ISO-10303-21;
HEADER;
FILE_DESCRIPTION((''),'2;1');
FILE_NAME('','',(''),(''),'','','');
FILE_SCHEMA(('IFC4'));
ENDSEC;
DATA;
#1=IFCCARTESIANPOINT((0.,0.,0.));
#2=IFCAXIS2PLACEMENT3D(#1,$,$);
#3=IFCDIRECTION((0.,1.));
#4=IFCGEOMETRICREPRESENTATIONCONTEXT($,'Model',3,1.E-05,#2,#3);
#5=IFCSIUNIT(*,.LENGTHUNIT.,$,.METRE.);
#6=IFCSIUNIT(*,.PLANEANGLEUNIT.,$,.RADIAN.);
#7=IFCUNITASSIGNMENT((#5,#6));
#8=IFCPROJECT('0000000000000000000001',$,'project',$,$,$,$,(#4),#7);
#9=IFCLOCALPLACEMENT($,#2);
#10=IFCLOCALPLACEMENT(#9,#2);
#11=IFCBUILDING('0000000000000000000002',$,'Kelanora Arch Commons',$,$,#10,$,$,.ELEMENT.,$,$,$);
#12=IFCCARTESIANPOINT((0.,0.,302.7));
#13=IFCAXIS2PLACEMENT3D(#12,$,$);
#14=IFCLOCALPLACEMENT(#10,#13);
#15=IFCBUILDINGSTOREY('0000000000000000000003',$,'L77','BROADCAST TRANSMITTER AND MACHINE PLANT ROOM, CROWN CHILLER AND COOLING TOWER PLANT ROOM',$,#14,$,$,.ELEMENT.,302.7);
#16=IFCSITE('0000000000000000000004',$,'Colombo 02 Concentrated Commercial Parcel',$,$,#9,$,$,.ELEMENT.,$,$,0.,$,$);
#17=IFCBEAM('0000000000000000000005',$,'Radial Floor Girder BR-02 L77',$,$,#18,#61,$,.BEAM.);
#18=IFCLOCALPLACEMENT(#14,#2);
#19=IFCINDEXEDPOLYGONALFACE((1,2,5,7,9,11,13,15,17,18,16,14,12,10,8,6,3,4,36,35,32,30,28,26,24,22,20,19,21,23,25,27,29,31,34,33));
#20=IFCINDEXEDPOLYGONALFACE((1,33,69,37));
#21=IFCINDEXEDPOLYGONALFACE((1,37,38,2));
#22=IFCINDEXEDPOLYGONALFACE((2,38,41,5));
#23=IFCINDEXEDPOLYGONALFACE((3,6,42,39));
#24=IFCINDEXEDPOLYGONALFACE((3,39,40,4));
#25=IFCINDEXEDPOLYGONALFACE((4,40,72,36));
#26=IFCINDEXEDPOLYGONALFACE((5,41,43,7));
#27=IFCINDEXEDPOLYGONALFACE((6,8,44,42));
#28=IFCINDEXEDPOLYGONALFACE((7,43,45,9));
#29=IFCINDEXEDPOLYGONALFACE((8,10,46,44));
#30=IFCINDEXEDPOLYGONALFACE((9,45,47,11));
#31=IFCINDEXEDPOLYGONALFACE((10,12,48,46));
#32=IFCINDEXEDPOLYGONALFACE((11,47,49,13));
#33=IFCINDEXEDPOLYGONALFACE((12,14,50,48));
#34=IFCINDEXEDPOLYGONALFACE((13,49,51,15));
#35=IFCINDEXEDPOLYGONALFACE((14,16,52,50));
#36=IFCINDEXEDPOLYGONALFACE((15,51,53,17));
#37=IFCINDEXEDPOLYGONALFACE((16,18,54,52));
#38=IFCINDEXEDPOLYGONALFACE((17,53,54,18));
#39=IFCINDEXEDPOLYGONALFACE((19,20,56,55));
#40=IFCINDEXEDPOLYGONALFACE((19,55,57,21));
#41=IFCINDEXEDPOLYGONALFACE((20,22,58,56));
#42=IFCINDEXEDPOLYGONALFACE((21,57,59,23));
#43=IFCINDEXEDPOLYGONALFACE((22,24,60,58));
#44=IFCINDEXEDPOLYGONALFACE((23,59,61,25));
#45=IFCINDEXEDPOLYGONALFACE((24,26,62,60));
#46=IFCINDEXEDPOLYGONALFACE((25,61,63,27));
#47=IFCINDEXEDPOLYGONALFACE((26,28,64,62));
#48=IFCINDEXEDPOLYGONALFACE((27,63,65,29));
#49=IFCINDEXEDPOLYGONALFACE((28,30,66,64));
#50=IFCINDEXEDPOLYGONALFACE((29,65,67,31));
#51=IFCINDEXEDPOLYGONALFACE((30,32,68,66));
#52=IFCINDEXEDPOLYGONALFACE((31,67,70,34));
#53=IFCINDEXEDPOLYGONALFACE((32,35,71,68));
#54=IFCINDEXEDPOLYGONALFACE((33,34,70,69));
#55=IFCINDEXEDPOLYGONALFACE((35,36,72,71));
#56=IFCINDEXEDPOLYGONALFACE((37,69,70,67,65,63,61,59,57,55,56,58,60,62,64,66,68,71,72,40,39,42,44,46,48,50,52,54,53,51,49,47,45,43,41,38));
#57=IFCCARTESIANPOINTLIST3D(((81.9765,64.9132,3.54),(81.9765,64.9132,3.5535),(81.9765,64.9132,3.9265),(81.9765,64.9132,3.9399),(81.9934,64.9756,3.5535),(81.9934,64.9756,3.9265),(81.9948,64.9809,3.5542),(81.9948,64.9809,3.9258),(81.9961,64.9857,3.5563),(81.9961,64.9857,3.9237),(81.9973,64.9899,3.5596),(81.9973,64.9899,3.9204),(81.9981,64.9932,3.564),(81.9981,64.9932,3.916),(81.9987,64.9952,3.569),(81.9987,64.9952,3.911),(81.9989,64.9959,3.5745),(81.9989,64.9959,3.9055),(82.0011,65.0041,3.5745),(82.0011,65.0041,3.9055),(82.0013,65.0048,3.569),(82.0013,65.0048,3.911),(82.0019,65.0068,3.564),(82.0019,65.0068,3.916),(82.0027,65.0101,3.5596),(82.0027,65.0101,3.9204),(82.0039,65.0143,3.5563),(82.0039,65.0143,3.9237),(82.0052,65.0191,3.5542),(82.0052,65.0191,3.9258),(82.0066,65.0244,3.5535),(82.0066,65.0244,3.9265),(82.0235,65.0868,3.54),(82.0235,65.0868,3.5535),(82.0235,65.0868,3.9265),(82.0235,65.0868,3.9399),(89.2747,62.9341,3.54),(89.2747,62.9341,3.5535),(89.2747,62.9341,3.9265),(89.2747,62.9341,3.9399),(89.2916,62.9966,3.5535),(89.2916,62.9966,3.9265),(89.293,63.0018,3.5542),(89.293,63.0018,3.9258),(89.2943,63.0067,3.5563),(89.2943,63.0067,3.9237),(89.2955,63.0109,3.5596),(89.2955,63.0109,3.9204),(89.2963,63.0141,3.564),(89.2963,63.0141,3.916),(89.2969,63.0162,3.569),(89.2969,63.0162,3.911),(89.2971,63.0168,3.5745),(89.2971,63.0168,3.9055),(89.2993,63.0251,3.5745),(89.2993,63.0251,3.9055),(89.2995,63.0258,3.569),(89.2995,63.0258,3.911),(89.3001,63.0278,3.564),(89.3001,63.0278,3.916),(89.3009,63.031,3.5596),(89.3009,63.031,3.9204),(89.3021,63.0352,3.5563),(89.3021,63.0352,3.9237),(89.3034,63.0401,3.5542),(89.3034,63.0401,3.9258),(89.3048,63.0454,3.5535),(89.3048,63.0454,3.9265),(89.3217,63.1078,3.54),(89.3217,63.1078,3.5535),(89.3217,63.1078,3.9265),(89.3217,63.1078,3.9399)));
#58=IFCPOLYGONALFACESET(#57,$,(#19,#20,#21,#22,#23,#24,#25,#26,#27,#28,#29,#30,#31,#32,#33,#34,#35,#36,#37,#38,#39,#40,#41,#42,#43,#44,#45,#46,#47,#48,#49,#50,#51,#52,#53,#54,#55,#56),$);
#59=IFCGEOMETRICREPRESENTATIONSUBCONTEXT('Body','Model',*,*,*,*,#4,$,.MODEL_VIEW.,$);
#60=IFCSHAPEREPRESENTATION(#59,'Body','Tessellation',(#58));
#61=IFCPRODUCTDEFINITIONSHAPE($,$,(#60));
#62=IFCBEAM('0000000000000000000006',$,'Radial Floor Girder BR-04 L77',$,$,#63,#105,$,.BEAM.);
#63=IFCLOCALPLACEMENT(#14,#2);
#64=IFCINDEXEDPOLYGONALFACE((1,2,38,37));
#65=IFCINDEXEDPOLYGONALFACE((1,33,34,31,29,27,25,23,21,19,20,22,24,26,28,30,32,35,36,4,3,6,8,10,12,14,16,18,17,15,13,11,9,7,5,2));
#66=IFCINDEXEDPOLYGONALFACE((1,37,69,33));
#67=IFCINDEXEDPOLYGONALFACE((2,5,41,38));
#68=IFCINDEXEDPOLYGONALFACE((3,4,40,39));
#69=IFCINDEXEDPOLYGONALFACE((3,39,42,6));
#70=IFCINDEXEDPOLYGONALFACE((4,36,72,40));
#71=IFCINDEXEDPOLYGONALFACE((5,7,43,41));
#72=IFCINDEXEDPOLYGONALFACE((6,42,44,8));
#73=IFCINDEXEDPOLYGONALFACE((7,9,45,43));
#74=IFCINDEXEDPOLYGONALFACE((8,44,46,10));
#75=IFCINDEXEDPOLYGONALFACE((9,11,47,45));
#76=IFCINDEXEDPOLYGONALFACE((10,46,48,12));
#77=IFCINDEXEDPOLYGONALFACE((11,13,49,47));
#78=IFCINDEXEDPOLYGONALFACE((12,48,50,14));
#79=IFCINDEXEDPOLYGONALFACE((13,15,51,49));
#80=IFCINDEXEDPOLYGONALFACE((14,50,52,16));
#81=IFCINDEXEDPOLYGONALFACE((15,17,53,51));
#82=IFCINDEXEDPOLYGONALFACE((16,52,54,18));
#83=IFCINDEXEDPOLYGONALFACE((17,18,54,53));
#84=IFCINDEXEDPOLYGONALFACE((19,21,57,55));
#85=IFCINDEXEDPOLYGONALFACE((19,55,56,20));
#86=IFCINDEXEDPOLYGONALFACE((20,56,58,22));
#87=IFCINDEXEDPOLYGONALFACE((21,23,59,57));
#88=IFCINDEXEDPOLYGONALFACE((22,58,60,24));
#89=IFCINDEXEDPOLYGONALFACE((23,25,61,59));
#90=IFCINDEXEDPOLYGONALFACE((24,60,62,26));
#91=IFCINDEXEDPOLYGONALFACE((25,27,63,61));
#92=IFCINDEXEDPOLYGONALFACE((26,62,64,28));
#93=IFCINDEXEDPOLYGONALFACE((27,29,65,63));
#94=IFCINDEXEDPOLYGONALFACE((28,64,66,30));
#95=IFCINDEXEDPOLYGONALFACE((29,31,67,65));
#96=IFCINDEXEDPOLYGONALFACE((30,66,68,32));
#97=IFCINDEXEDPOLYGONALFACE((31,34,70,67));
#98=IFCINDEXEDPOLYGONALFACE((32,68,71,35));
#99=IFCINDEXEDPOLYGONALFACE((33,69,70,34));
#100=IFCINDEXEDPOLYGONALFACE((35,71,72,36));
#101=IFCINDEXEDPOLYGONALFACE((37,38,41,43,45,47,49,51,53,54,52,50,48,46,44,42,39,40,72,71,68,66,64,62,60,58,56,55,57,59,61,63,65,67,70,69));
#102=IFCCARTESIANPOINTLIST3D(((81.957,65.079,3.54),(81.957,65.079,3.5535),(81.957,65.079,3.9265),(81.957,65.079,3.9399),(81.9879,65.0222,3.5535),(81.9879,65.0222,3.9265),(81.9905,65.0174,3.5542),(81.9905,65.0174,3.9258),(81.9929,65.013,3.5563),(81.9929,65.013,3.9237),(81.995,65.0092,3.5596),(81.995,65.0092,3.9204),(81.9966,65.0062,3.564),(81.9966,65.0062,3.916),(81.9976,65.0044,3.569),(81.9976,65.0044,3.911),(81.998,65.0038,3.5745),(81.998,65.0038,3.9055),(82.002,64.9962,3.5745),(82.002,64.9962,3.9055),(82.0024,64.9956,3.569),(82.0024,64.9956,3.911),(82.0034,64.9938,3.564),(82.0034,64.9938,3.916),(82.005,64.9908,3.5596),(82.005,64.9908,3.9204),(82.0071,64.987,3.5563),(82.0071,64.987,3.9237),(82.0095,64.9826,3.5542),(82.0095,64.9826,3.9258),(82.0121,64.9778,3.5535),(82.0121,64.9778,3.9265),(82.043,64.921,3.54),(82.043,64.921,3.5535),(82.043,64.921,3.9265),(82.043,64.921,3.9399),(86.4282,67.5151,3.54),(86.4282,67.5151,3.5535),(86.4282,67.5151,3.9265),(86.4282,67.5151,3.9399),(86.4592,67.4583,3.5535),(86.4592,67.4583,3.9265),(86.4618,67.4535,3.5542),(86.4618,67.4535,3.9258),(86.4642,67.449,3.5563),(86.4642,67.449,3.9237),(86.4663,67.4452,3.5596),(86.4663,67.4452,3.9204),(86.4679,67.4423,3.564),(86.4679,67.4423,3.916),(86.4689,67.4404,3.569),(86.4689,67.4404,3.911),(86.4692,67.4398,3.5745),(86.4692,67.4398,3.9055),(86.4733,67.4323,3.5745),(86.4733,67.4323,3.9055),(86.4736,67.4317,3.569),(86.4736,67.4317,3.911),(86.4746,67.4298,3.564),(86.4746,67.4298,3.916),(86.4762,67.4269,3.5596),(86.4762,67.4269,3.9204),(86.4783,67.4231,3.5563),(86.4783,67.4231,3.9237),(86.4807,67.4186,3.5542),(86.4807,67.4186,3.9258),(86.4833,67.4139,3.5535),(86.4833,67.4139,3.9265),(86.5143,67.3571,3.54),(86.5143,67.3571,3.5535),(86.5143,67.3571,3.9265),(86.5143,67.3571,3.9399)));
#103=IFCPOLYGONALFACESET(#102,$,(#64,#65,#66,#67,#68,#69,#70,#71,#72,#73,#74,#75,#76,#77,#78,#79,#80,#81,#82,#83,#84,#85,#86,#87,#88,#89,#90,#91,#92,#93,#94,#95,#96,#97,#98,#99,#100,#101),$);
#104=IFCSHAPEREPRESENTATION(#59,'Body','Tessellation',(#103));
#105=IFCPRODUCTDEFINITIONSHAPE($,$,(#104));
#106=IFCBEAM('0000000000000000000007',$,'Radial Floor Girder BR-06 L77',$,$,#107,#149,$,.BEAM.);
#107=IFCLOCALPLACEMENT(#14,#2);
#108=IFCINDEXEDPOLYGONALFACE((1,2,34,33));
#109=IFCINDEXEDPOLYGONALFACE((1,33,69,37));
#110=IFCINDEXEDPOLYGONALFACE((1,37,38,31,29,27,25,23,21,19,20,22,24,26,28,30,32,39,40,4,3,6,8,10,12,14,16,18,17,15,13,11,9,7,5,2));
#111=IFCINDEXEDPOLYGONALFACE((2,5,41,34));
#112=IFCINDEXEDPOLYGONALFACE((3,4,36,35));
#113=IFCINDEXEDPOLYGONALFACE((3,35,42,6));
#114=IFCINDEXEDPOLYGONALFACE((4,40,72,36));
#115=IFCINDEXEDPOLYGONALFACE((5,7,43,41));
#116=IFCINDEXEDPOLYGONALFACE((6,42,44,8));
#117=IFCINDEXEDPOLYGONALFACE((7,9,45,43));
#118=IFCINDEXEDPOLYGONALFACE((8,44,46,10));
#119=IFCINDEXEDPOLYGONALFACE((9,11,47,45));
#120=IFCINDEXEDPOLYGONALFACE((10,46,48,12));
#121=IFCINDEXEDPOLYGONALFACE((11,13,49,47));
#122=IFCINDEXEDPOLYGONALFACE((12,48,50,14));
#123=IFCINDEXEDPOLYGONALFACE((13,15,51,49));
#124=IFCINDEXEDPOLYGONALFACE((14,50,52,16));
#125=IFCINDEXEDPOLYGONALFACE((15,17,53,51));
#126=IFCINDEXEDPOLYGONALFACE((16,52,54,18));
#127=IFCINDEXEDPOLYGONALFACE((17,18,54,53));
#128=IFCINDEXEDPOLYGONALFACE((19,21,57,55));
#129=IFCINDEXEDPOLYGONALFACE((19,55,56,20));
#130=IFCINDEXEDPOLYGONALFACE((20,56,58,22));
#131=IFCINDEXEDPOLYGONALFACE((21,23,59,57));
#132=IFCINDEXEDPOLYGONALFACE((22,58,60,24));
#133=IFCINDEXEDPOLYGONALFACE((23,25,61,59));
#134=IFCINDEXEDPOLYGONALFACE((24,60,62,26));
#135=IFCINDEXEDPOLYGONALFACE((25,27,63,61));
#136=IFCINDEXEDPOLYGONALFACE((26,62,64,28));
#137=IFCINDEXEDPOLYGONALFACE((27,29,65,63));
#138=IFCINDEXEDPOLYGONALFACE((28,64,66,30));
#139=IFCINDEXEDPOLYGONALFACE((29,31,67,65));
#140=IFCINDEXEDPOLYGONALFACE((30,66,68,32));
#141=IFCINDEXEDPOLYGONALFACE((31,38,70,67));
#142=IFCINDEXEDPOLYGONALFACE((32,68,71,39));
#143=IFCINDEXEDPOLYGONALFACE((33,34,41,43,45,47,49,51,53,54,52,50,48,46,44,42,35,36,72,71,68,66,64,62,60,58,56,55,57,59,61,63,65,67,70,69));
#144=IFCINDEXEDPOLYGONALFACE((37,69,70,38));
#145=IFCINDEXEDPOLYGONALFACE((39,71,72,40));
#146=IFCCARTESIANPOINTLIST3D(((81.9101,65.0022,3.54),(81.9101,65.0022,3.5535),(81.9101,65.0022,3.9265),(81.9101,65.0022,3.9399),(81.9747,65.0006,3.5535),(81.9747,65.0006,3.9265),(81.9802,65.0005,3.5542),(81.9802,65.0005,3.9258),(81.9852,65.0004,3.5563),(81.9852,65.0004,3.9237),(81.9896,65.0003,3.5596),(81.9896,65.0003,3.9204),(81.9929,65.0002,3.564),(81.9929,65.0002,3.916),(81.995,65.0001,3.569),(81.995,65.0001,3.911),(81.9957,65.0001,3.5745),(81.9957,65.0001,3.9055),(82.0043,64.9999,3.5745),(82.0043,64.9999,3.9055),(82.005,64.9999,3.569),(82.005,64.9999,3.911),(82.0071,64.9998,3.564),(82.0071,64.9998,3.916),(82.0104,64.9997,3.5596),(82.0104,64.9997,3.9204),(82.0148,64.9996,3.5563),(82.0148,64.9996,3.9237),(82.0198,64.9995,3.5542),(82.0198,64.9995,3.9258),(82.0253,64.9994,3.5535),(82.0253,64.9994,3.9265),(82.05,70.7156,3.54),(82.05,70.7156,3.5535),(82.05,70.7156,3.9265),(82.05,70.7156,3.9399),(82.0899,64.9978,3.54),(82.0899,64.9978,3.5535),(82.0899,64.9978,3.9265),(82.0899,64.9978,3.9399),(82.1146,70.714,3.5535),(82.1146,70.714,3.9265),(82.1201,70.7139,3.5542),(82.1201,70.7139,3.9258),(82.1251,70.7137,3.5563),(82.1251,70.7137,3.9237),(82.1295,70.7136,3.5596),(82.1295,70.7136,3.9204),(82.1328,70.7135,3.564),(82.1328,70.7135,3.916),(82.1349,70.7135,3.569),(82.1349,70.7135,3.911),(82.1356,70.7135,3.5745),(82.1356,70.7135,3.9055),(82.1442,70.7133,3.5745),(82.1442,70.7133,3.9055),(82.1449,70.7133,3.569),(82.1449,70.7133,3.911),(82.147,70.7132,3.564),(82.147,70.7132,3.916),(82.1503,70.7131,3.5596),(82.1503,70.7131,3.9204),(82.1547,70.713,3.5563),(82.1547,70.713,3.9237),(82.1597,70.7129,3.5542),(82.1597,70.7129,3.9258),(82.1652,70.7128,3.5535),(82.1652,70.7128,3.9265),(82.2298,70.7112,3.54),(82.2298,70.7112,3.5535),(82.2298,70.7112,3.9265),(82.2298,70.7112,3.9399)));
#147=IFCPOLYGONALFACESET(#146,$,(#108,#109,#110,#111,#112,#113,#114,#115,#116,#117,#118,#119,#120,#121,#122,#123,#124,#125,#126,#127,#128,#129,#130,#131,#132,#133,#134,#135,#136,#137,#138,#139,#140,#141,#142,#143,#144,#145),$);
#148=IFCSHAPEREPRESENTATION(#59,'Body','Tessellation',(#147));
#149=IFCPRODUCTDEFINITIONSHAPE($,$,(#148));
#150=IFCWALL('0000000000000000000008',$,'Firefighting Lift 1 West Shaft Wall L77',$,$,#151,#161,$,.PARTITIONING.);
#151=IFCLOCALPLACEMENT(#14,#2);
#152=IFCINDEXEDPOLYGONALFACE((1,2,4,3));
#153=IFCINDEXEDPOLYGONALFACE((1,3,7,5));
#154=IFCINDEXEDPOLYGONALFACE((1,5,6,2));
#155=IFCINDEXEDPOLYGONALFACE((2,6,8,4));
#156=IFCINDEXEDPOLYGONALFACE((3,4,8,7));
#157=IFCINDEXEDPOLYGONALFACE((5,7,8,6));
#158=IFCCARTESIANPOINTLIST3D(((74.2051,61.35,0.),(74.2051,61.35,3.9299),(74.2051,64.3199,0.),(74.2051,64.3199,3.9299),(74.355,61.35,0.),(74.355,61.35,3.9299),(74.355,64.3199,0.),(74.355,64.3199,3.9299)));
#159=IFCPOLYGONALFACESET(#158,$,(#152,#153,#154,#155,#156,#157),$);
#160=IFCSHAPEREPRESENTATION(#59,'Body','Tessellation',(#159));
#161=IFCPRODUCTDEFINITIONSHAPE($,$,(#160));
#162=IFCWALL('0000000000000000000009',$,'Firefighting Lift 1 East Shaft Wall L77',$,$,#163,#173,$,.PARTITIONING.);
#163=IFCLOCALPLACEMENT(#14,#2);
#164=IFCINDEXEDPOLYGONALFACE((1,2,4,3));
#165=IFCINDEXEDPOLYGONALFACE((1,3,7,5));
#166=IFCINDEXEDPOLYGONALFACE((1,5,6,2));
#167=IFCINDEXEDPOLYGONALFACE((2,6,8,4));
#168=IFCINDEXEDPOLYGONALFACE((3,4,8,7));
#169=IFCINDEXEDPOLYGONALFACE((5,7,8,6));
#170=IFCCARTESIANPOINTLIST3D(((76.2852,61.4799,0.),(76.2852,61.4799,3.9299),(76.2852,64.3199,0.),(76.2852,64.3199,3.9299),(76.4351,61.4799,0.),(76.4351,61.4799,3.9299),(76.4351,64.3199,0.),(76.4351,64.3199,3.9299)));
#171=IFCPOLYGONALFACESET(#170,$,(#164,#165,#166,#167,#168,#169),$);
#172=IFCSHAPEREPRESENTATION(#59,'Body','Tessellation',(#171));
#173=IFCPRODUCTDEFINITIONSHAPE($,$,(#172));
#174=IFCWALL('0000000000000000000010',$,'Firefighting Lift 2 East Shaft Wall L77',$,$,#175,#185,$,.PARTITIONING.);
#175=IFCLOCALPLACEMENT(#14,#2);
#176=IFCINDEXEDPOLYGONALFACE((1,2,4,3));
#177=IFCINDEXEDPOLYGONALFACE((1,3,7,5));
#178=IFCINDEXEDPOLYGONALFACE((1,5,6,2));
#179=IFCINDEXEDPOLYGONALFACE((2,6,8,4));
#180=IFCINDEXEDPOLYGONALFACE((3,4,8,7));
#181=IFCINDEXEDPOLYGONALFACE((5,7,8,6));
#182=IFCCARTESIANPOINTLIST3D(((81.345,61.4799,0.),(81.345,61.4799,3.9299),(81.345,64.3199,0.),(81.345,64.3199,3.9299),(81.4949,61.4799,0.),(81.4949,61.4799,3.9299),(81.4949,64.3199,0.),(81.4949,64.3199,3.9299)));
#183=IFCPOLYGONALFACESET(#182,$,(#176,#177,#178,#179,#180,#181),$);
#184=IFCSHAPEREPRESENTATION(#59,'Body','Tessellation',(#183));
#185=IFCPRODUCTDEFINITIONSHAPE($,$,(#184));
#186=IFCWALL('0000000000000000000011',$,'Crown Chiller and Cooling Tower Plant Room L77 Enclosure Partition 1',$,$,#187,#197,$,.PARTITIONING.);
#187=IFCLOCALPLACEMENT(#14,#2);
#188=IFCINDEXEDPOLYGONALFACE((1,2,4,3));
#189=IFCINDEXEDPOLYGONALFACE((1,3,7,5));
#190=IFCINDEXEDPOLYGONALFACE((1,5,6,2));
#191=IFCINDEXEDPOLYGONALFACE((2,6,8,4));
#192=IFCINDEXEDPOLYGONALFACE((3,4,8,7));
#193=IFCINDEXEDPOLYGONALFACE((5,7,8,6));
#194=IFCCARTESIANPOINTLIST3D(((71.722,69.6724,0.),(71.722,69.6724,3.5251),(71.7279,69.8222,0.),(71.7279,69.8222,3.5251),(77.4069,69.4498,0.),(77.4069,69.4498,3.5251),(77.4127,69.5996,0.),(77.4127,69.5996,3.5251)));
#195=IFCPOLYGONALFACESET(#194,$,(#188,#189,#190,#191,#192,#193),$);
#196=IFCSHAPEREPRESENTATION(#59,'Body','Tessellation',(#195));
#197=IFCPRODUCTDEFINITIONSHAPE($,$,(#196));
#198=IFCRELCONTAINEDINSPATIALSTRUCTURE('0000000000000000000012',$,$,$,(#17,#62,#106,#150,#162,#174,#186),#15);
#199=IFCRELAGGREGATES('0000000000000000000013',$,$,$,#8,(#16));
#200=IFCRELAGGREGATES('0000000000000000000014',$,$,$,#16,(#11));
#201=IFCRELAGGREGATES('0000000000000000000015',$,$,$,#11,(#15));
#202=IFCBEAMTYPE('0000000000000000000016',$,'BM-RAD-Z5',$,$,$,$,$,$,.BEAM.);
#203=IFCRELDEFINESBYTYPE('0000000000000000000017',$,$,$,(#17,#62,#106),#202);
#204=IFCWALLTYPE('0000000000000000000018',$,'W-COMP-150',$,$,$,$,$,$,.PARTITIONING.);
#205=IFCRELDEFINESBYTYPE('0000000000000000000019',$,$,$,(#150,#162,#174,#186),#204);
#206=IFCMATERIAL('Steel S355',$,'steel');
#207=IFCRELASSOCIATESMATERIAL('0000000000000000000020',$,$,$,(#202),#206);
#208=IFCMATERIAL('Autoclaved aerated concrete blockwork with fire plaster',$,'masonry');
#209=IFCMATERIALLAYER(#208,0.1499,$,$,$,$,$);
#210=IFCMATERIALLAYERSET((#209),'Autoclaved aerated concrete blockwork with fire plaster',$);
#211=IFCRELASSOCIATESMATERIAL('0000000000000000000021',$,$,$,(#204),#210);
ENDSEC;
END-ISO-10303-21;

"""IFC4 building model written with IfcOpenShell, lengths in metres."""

from ifc_helpers import new_model, si_unit, direction, frame, frame_2d, origin, origin_2d, place, context, subcontext, project, spatial, rectangle, i_section, extrude, material, layer, layer_set, material_profile, profile_set, type_object, element, save


model = new_model("IFC4")

# Units and contexts
model_context = context("Model", 3, precision=1e-05, world=origin(), true_north=direction((0.0, 1.0)))
body_context = subcontext(model_context, "Body", "Model", "MODEL_VIEW")
ifc_project = project(units=[si_unit("LENGTHUNIT", "METRE"), si_unit("PLANEANGLEUNIT", "RADIAN")], contexts=[model_context])

# Site, building, storey
site_placement = place(None, origin())
site = spatial("IfcSite", under=ifc_project, at=site_placement, Name="Colombo 02 Concentrated Commercial Parcel", CompositionType="ELEMENT", RefElevation=0.0)
building_placement = place(site_placement, origin())
building = spatial("IfcBuilding", under=site, at=building_placement, Name="Kelanora Arch Commons", CompositionType="ELEMENT")
storey_placement = place(building_placement, frame((0.0, 0.0, 302.7)))
storey = spatial("IfcBuildingStorey", under=building, at=storey_placement, Name="L77", Description="BROADCAST TRANSMITTER AND MACHINE PLANT ROOM, CROWN CHILLER AND COOLING TOWER PLANT ROOM", CompositionType="ELEMENT", Elevation=302.7)

# Beams
ifc_material_1 = material(Name="Steel S355", Category="steel")
ifc_material_profile_1 = material_profile(ifc_material_1, i_section(OverallWidth=0.1799, OverallDepth=0.3999, WebThickness=0.0085, FlangeThickness=0.0134, FilletRadius=0.021, at=origin_2d()), Name="IPE400")
ifc_profile_set_1 = profile_set([ifc_material_profile_1], Name="Steel S355")
beam_type_1 = type_object("IfcBeamType", Name="BM-RAD-Z5", PredefinedType="BEAM", material=ifc_profile_set_1)
beam_1_placement = place(storey_placement, frame((82.0, 65.0, 3.74), z_axis=(0.965145, -0.261716, 0.0), x_axis=(0.261716, 0.965145, 0.0)))
element("IfcBeam", 1, at=beam_1_placement, inside=storey, type_object=beam_type_1, Name="Radial Floor Girder BR-02 L77", PredefinedType="BEAM", context=body_context, shape_type="SweptSolid", body=[
    extrude(i_section(OverallWidth=0.1799, OverallDepth=0.3999, WebThickness=0.0085, FlangeThickness=0.0134, FilletRadius=0.021, at=origin_2d()), origin(), (0.0, 0.0, 1.0), 7.5618),
])
beam_2_placement = place(storey_placement, frame((82.0, 65.0, 3.74), z_axis=(0.878126, 0.478429, 0.0), x_axis=(-0.478429, 0.878126, 0.0)))
element("IfcBeam", 2, at=beam_2_placement, inside=storey, type_object=beam_type_1, Name="Radial Floor Girder BR-04 L77", PredefinedType="BEAM", context=body_context, shape_type="SweptSolid", body=[
    extrude(i_section(OverallWidth=0.1799, OverallDepth=0.3999, WebThickness=0.0085, FlangeThickness=0.0134, FilletRadius=0.021, at=origin_2d()), origin(), (0.0, 0.0, 1.0), 5.0918),
])
beam_3_placement = place(storey_placement, frame((82.0, 65.0, 3.74), z_axis=(0.024478, 0.9997, 0.0), x_axis=(-0.9997, 0.024478, 0.0)))
element("IfcBeam", 3, at=beam_3_placement, inside=storey, type_object=beam_type_1, Name="Radial Floor Girder BR-06 L77", PredefinedType="BEAM", context=body_context, shape_type="SweptSolid", body=[
    extrude(i_section(OverallWidth=0.1799, OverallDepth=0.3999, WebThickness=0.0085, FlangeThickness=0.0134, FilletRadius=0.021, at=origin_2d()), origin(), (0.0, 0.0, 1.0), 5.7151),
])

# Walls
ifc_material_2 = material(Name="Autoclaved aerated concrete blockwork with fire plaster", Category="masonry")
ifc_layer_1 = layer(ifc_material_2, 0.1499)
ifc_layer_set_1 = layer_set([ifc_layer_1], Name="Autoclaved aerated concrete blockwork with fire plaster")
wall_type_1 = type_object("IfcWallType", Name="W-COMP-150", PredefinedType="PARTITIONING", material=ifc_layer_set_1)
wall_1_placement = place(storey_placement, frame((74.28, 61.3501, 0.0), z_axis=(0.0, 0.0, 1.0), x_axis=(0.0, 1.0, 0.0)))
element("IfcWall", 4, at=wall_1_placement, inside=storey, type_object=wall_type_1, Name="Firefighting Lift 1 West Shaft Wall L77", PredefinedType="PARTITIONING", context=body_context, shape_type="SweptSolid", body=[
    extrude(rectangle(XDim=2.97, YDim=0.1499, at=frame_2d((1.4849, 0.0))), origin(), (0.0, 0.0, 1.0), 3.9299),
])
for number, where, z_axis, x_axis, name in (
    (5, (76.3601, 61.48, 0.0), (0.0, 0.0, 1.0), (0.0, 1.0, 0.0), "Firefighting Lift 1 East Shaft Wall L77"),
    (6, (81.4199, 61.48, 0.0), (0.0, 0.0, 1.0), (0.0, 1.0, 0.0), "Firefighting Lift 2 East Shaft Wall L77"),
):
    element("IfcWall", number, at=place(storey_placement, frame(where, z_axis=z_axis, x_axis=x_axis)), inside=storey, type_object=wall_type_1, Name=name, PredefinedType="PARTITIONING", context=body_context, shape_type="SweptSolid", body=[
        extrude(rectangle(XDim=2.8401, YDim=0.1499, at=frame_2d((1.4199, 0.0))), origin(), (0.0, 0.0, 1.0), 3.9299),
    ])
wall_2_placement = place(storey_placement, frame((77.4099, 69.5247, 0.0), z_axis=(0.0, 0.0, 1.0), x_axis=(-0.999234, 0.039137, 0.0)))
element("IfcWall", 7, at=wall_2_placement, inside=storey, type_object=wall_type_1, Name="Crown Chiller and Cooling Tower Plant Room L77 Enclosure Partition 1", PredefinedType="PARTITIONING", context=body_context, shape_type="SweptSolid", body=[
    extrude(rectangle(XDim=5.6892, YDim=0.1499, at=frame_2d((2.8447, 0.0))), origin(), (0.0, 0.0, 1.0), 3.5251),
])

save(model, "model.ifc")
